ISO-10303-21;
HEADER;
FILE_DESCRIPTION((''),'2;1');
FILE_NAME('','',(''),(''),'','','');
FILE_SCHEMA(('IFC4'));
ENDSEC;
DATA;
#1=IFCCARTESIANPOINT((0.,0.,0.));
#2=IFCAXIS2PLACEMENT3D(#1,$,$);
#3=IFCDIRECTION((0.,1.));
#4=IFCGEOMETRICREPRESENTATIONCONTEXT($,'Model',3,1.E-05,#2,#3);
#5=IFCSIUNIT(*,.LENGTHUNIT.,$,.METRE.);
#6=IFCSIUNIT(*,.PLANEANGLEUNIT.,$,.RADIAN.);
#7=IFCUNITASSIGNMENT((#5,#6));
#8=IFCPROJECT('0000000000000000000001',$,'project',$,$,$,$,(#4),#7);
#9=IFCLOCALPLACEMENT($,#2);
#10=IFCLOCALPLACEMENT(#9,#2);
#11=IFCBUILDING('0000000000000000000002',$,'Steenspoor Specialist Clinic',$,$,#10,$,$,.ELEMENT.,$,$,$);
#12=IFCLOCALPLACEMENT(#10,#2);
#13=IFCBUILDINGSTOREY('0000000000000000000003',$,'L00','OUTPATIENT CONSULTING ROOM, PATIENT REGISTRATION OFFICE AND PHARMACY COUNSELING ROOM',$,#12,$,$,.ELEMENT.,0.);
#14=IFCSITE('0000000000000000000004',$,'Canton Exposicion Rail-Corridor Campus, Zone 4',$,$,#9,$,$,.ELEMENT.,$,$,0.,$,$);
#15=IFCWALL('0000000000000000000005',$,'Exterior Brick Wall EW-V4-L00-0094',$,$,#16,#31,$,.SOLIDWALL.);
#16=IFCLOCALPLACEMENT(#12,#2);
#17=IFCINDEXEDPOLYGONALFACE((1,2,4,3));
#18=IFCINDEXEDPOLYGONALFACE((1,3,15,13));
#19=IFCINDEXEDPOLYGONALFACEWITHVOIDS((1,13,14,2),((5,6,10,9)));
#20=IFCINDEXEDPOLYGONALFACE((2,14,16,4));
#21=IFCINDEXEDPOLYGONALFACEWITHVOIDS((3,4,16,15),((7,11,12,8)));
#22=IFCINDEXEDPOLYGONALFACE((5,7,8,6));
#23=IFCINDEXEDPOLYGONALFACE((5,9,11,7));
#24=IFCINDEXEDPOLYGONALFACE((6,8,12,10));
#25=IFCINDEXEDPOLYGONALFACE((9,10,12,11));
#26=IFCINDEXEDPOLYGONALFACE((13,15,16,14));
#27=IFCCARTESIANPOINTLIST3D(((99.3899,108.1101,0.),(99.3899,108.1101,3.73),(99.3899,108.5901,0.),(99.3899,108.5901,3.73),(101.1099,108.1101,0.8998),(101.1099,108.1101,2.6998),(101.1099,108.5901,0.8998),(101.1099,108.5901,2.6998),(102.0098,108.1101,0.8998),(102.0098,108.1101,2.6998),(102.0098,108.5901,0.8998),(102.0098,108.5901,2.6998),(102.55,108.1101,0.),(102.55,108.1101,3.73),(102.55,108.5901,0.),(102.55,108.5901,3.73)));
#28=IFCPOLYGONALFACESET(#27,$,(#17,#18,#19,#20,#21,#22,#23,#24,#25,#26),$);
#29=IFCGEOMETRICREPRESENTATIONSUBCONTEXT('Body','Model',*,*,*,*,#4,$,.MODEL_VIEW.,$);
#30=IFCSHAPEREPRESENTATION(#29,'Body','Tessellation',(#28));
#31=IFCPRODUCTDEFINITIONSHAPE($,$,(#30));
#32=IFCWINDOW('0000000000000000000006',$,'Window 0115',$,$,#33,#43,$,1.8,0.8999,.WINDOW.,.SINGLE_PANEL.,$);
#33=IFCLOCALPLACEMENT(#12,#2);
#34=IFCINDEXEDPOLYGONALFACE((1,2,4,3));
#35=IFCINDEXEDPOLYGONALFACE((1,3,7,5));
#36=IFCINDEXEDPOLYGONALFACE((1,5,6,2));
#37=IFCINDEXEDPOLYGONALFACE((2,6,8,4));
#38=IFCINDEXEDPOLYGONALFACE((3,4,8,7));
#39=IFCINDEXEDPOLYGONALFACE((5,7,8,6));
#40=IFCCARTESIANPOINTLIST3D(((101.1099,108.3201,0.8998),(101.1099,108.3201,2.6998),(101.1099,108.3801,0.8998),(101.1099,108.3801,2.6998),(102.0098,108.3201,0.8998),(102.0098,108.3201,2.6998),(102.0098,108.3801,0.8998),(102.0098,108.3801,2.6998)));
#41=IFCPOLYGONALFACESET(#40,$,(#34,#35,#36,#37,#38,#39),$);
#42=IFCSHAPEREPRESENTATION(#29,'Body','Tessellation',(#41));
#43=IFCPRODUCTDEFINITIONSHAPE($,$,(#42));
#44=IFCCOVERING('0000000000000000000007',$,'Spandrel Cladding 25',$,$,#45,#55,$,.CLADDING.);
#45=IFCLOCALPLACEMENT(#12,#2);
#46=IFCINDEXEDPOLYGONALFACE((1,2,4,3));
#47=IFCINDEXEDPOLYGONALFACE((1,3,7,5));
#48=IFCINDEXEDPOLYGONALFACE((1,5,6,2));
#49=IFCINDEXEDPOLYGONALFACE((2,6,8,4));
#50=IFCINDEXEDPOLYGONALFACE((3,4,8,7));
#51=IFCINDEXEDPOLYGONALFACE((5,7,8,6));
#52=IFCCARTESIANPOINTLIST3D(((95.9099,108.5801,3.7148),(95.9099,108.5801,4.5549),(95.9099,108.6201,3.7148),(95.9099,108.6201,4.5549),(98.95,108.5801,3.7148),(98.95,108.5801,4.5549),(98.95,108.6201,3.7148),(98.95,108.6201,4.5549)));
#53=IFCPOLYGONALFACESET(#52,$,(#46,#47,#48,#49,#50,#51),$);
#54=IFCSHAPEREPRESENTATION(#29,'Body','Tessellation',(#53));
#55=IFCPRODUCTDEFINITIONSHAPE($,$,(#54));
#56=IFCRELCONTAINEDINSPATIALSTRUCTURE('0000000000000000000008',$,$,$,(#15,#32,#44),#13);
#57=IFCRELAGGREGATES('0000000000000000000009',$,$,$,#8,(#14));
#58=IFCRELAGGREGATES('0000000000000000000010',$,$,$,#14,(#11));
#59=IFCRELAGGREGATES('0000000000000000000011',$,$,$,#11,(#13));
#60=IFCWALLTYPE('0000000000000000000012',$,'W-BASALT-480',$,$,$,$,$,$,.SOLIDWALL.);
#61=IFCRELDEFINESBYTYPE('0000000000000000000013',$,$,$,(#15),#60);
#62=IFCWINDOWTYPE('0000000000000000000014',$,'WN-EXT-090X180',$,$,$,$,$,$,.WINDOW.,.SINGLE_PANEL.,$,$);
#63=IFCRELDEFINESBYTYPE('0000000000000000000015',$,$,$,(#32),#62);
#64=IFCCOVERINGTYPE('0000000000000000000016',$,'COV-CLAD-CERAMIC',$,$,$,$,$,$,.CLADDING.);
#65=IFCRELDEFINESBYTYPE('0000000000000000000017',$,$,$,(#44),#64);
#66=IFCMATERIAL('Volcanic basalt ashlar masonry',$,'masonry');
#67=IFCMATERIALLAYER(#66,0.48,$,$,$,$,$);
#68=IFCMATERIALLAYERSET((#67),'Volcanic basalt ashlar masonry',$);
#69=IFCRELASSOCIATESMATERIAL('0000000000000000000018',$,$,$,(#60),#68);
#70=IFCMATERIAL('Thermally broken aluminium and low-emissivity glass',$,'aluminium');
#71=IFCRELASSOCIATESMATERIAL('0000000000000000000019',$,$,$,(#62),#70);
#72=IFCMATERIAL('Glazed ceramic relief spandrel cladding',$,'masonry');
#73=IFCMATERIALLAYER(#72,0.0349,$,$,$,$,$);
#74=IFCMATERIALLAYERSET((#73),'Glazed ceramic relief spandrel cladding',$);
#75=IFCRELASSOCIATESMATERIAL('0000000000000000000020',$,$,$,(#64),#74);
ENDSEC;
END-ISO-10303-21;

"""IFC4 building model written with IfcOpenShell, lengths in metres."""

from ifc_helpers import new_model, si_unit, direction, frame, frame_2d, origin, origin_2d, place, context, subcontext, project, spatial, rectangle, extrude, material, layer, layer_set, type_object, element, fill, save


model = new_model("IFC4")

# Units and contexts
model_context = context("Model", 3, precision=1e-05, world=origin(), true_north=direction((0.0, 1.0)))
body_context = subcontext(model_context, "Body", "Model", "MODEL_VIEW")
ifc_project = project(units=[si_unit("LENGTHUNIT", "METRE"), si_unit("PLANEANGLEUNIT", "RADIAN")], contexts=[model_context])

# Site, building, storey
site_placement = place(None, origin())
site = spatial("IfcSite", under=ifc_project, at=site_placement, Name="Canton Exposicion Rail-Corridor Campus, Zone 4", CompositionType="ELEMENT", RefElevation=0.0)
building_placement = place(site_placement, origin())
building = spatial("IfcBuilding", under=site, at=building_placement, Name="Steenspoor Specialist Clinic", CompositionType="ELEMENT")
storey_placement = place(building_placement, origin())
storey = spatial("IfcBuildingStorey", under=building, at=storey_placement, Name="L00", Description="OUTPATIENT CONSULTING ROOM, PATIENT REGISTRATION OFFICE AND PHARMACY COUNSELING ROOM", CompositionType="ELEMENT", Elevation=0.0)

# Shared definitions
ifc_material_1 = material(Name="Thermally broken aluminium and low-emissivity glass", Category="aluminium")

# Wall, opening, window
ifc_material_2 = material(Name="Volcanic basalt ashlar masonry", Category="masonry")
ifc_layer_1 = layer(ifc_material_2, 0.48)
ifc_layer_set_1 = layer_set([ifc_layer_1], Name="Volcanic basalt ashlar masonry")
wall_type = type_object("IfcWallType", Name="W-BASALT-480", PredefinedType="SOLIDWALL", material=ifc_layer_set_1)
wall_1_placement = place(storey_placement, frame((99.3899, 108.3501, 0.0), z_axis=(0.0, 0.0, 1.0), x_axis=(1.0, 0.0, 0.0)))
wall_1 = element("IfcWall", 1, at=wall_1_placement, inside=storey, type_object=wall_type, Name="Exterior Brick Wall EW-V4-L00-0094", PredefinedType="SOLIDWALL", context=body_context, shape_type="SweptSolid", body=[
    extrude(rectangle(XDim=3.1602, YDim=0.48, at=frame_2d((1.5801, 0.0))), origin(), (0.0, 0.0, 1.0), 3.73),
])
opening_1_placement = place(wall_1_placement, frame((1.72, 0.0, 0.8999)))
opening_1 = element("IfcOpeningElement", 2, at=opening_1_placement, cuts=wall_1, PredefinedType="OPENING", context=body_context, shape_type="SweptSolid", body=[
    extrude(rectangle(XDim=0.8999, YDim=1.8, at=frame_2d((0.45, 0.8999))), frame((0.0, 0.25, 0.0), z_axis=(0.0, -1.0, 0.0), x_axis=(1.0, 0.0, 0.0)), (0.0, 0.0, 1.0), 0.5),
])
window_type_1 = type_object("IfcWindowType", Name="WN-EXT-090X180", PartitioningType="SINGLE_PANEL", PredefinedType="WINDOW", material=ifc_material_1)
window_1_placement = place(opening_1_placement, origin())
window_1 = element("IfcWindow", 3, at=window_1_placement, inside=storey, type_object=window_type_1, Name="Window 0115", OverallHeight=1.8, OverallWidth=0.8999, PartitioningType="SINGLE_PANEL", PredefinedType="WINDOW", context=body_context, shape_type="SweptSolid", body=[
    extrude(rectangle(XDim=0.8999, YDim=1.8, at=frame_2d((0.45, 0.8999))), frame((0.0, 0.03, 0.0), z_axis=(0.0, -1.0, 0.0), x_axis=(1.0, 0.0, 0.0)), (0.0, 0.0, 1.0), 0.0601),
])
fill(opening_1, window_1)

# Covering
ifc_material_3 = material(Name="Glazed ceramic relief spandrel cladding", Category="masonry")
ifc_layer_2 = layer(ifc_material_3, 0.0349)
ifc_layer_set_2 = layer_set([ifc_layer_2], Name="Glazed ceramic relief spandrel cladding")
covering_type = type_object("IfcCoveringType", Name="COV-CLAD-CERAMIC", PredefinedType="CLADDING", material=ifc_layer_set_2)
covering_placement = place(storey_placement, frame((97.4299, 108.6001, 3.7148), z_axis=(0.0, 0.0, 1.0), x_axis=(1.0, 0.0, 0.0)))
element("IfcCovering", 4, at=covering_placement, inside=storey, type_object=covering_type, Name="Spandrel Cladding 25", PredefinedType="CLADDING", context=body_context, shape_type="SweptSolid", body=[
    extrude(rectangle(XDim=3.04, YDim=0.04, at=origin_2d()), origin(), (0.0, 0.0, 1.0), 0.8401),
])

save(model, "model.ifc")
